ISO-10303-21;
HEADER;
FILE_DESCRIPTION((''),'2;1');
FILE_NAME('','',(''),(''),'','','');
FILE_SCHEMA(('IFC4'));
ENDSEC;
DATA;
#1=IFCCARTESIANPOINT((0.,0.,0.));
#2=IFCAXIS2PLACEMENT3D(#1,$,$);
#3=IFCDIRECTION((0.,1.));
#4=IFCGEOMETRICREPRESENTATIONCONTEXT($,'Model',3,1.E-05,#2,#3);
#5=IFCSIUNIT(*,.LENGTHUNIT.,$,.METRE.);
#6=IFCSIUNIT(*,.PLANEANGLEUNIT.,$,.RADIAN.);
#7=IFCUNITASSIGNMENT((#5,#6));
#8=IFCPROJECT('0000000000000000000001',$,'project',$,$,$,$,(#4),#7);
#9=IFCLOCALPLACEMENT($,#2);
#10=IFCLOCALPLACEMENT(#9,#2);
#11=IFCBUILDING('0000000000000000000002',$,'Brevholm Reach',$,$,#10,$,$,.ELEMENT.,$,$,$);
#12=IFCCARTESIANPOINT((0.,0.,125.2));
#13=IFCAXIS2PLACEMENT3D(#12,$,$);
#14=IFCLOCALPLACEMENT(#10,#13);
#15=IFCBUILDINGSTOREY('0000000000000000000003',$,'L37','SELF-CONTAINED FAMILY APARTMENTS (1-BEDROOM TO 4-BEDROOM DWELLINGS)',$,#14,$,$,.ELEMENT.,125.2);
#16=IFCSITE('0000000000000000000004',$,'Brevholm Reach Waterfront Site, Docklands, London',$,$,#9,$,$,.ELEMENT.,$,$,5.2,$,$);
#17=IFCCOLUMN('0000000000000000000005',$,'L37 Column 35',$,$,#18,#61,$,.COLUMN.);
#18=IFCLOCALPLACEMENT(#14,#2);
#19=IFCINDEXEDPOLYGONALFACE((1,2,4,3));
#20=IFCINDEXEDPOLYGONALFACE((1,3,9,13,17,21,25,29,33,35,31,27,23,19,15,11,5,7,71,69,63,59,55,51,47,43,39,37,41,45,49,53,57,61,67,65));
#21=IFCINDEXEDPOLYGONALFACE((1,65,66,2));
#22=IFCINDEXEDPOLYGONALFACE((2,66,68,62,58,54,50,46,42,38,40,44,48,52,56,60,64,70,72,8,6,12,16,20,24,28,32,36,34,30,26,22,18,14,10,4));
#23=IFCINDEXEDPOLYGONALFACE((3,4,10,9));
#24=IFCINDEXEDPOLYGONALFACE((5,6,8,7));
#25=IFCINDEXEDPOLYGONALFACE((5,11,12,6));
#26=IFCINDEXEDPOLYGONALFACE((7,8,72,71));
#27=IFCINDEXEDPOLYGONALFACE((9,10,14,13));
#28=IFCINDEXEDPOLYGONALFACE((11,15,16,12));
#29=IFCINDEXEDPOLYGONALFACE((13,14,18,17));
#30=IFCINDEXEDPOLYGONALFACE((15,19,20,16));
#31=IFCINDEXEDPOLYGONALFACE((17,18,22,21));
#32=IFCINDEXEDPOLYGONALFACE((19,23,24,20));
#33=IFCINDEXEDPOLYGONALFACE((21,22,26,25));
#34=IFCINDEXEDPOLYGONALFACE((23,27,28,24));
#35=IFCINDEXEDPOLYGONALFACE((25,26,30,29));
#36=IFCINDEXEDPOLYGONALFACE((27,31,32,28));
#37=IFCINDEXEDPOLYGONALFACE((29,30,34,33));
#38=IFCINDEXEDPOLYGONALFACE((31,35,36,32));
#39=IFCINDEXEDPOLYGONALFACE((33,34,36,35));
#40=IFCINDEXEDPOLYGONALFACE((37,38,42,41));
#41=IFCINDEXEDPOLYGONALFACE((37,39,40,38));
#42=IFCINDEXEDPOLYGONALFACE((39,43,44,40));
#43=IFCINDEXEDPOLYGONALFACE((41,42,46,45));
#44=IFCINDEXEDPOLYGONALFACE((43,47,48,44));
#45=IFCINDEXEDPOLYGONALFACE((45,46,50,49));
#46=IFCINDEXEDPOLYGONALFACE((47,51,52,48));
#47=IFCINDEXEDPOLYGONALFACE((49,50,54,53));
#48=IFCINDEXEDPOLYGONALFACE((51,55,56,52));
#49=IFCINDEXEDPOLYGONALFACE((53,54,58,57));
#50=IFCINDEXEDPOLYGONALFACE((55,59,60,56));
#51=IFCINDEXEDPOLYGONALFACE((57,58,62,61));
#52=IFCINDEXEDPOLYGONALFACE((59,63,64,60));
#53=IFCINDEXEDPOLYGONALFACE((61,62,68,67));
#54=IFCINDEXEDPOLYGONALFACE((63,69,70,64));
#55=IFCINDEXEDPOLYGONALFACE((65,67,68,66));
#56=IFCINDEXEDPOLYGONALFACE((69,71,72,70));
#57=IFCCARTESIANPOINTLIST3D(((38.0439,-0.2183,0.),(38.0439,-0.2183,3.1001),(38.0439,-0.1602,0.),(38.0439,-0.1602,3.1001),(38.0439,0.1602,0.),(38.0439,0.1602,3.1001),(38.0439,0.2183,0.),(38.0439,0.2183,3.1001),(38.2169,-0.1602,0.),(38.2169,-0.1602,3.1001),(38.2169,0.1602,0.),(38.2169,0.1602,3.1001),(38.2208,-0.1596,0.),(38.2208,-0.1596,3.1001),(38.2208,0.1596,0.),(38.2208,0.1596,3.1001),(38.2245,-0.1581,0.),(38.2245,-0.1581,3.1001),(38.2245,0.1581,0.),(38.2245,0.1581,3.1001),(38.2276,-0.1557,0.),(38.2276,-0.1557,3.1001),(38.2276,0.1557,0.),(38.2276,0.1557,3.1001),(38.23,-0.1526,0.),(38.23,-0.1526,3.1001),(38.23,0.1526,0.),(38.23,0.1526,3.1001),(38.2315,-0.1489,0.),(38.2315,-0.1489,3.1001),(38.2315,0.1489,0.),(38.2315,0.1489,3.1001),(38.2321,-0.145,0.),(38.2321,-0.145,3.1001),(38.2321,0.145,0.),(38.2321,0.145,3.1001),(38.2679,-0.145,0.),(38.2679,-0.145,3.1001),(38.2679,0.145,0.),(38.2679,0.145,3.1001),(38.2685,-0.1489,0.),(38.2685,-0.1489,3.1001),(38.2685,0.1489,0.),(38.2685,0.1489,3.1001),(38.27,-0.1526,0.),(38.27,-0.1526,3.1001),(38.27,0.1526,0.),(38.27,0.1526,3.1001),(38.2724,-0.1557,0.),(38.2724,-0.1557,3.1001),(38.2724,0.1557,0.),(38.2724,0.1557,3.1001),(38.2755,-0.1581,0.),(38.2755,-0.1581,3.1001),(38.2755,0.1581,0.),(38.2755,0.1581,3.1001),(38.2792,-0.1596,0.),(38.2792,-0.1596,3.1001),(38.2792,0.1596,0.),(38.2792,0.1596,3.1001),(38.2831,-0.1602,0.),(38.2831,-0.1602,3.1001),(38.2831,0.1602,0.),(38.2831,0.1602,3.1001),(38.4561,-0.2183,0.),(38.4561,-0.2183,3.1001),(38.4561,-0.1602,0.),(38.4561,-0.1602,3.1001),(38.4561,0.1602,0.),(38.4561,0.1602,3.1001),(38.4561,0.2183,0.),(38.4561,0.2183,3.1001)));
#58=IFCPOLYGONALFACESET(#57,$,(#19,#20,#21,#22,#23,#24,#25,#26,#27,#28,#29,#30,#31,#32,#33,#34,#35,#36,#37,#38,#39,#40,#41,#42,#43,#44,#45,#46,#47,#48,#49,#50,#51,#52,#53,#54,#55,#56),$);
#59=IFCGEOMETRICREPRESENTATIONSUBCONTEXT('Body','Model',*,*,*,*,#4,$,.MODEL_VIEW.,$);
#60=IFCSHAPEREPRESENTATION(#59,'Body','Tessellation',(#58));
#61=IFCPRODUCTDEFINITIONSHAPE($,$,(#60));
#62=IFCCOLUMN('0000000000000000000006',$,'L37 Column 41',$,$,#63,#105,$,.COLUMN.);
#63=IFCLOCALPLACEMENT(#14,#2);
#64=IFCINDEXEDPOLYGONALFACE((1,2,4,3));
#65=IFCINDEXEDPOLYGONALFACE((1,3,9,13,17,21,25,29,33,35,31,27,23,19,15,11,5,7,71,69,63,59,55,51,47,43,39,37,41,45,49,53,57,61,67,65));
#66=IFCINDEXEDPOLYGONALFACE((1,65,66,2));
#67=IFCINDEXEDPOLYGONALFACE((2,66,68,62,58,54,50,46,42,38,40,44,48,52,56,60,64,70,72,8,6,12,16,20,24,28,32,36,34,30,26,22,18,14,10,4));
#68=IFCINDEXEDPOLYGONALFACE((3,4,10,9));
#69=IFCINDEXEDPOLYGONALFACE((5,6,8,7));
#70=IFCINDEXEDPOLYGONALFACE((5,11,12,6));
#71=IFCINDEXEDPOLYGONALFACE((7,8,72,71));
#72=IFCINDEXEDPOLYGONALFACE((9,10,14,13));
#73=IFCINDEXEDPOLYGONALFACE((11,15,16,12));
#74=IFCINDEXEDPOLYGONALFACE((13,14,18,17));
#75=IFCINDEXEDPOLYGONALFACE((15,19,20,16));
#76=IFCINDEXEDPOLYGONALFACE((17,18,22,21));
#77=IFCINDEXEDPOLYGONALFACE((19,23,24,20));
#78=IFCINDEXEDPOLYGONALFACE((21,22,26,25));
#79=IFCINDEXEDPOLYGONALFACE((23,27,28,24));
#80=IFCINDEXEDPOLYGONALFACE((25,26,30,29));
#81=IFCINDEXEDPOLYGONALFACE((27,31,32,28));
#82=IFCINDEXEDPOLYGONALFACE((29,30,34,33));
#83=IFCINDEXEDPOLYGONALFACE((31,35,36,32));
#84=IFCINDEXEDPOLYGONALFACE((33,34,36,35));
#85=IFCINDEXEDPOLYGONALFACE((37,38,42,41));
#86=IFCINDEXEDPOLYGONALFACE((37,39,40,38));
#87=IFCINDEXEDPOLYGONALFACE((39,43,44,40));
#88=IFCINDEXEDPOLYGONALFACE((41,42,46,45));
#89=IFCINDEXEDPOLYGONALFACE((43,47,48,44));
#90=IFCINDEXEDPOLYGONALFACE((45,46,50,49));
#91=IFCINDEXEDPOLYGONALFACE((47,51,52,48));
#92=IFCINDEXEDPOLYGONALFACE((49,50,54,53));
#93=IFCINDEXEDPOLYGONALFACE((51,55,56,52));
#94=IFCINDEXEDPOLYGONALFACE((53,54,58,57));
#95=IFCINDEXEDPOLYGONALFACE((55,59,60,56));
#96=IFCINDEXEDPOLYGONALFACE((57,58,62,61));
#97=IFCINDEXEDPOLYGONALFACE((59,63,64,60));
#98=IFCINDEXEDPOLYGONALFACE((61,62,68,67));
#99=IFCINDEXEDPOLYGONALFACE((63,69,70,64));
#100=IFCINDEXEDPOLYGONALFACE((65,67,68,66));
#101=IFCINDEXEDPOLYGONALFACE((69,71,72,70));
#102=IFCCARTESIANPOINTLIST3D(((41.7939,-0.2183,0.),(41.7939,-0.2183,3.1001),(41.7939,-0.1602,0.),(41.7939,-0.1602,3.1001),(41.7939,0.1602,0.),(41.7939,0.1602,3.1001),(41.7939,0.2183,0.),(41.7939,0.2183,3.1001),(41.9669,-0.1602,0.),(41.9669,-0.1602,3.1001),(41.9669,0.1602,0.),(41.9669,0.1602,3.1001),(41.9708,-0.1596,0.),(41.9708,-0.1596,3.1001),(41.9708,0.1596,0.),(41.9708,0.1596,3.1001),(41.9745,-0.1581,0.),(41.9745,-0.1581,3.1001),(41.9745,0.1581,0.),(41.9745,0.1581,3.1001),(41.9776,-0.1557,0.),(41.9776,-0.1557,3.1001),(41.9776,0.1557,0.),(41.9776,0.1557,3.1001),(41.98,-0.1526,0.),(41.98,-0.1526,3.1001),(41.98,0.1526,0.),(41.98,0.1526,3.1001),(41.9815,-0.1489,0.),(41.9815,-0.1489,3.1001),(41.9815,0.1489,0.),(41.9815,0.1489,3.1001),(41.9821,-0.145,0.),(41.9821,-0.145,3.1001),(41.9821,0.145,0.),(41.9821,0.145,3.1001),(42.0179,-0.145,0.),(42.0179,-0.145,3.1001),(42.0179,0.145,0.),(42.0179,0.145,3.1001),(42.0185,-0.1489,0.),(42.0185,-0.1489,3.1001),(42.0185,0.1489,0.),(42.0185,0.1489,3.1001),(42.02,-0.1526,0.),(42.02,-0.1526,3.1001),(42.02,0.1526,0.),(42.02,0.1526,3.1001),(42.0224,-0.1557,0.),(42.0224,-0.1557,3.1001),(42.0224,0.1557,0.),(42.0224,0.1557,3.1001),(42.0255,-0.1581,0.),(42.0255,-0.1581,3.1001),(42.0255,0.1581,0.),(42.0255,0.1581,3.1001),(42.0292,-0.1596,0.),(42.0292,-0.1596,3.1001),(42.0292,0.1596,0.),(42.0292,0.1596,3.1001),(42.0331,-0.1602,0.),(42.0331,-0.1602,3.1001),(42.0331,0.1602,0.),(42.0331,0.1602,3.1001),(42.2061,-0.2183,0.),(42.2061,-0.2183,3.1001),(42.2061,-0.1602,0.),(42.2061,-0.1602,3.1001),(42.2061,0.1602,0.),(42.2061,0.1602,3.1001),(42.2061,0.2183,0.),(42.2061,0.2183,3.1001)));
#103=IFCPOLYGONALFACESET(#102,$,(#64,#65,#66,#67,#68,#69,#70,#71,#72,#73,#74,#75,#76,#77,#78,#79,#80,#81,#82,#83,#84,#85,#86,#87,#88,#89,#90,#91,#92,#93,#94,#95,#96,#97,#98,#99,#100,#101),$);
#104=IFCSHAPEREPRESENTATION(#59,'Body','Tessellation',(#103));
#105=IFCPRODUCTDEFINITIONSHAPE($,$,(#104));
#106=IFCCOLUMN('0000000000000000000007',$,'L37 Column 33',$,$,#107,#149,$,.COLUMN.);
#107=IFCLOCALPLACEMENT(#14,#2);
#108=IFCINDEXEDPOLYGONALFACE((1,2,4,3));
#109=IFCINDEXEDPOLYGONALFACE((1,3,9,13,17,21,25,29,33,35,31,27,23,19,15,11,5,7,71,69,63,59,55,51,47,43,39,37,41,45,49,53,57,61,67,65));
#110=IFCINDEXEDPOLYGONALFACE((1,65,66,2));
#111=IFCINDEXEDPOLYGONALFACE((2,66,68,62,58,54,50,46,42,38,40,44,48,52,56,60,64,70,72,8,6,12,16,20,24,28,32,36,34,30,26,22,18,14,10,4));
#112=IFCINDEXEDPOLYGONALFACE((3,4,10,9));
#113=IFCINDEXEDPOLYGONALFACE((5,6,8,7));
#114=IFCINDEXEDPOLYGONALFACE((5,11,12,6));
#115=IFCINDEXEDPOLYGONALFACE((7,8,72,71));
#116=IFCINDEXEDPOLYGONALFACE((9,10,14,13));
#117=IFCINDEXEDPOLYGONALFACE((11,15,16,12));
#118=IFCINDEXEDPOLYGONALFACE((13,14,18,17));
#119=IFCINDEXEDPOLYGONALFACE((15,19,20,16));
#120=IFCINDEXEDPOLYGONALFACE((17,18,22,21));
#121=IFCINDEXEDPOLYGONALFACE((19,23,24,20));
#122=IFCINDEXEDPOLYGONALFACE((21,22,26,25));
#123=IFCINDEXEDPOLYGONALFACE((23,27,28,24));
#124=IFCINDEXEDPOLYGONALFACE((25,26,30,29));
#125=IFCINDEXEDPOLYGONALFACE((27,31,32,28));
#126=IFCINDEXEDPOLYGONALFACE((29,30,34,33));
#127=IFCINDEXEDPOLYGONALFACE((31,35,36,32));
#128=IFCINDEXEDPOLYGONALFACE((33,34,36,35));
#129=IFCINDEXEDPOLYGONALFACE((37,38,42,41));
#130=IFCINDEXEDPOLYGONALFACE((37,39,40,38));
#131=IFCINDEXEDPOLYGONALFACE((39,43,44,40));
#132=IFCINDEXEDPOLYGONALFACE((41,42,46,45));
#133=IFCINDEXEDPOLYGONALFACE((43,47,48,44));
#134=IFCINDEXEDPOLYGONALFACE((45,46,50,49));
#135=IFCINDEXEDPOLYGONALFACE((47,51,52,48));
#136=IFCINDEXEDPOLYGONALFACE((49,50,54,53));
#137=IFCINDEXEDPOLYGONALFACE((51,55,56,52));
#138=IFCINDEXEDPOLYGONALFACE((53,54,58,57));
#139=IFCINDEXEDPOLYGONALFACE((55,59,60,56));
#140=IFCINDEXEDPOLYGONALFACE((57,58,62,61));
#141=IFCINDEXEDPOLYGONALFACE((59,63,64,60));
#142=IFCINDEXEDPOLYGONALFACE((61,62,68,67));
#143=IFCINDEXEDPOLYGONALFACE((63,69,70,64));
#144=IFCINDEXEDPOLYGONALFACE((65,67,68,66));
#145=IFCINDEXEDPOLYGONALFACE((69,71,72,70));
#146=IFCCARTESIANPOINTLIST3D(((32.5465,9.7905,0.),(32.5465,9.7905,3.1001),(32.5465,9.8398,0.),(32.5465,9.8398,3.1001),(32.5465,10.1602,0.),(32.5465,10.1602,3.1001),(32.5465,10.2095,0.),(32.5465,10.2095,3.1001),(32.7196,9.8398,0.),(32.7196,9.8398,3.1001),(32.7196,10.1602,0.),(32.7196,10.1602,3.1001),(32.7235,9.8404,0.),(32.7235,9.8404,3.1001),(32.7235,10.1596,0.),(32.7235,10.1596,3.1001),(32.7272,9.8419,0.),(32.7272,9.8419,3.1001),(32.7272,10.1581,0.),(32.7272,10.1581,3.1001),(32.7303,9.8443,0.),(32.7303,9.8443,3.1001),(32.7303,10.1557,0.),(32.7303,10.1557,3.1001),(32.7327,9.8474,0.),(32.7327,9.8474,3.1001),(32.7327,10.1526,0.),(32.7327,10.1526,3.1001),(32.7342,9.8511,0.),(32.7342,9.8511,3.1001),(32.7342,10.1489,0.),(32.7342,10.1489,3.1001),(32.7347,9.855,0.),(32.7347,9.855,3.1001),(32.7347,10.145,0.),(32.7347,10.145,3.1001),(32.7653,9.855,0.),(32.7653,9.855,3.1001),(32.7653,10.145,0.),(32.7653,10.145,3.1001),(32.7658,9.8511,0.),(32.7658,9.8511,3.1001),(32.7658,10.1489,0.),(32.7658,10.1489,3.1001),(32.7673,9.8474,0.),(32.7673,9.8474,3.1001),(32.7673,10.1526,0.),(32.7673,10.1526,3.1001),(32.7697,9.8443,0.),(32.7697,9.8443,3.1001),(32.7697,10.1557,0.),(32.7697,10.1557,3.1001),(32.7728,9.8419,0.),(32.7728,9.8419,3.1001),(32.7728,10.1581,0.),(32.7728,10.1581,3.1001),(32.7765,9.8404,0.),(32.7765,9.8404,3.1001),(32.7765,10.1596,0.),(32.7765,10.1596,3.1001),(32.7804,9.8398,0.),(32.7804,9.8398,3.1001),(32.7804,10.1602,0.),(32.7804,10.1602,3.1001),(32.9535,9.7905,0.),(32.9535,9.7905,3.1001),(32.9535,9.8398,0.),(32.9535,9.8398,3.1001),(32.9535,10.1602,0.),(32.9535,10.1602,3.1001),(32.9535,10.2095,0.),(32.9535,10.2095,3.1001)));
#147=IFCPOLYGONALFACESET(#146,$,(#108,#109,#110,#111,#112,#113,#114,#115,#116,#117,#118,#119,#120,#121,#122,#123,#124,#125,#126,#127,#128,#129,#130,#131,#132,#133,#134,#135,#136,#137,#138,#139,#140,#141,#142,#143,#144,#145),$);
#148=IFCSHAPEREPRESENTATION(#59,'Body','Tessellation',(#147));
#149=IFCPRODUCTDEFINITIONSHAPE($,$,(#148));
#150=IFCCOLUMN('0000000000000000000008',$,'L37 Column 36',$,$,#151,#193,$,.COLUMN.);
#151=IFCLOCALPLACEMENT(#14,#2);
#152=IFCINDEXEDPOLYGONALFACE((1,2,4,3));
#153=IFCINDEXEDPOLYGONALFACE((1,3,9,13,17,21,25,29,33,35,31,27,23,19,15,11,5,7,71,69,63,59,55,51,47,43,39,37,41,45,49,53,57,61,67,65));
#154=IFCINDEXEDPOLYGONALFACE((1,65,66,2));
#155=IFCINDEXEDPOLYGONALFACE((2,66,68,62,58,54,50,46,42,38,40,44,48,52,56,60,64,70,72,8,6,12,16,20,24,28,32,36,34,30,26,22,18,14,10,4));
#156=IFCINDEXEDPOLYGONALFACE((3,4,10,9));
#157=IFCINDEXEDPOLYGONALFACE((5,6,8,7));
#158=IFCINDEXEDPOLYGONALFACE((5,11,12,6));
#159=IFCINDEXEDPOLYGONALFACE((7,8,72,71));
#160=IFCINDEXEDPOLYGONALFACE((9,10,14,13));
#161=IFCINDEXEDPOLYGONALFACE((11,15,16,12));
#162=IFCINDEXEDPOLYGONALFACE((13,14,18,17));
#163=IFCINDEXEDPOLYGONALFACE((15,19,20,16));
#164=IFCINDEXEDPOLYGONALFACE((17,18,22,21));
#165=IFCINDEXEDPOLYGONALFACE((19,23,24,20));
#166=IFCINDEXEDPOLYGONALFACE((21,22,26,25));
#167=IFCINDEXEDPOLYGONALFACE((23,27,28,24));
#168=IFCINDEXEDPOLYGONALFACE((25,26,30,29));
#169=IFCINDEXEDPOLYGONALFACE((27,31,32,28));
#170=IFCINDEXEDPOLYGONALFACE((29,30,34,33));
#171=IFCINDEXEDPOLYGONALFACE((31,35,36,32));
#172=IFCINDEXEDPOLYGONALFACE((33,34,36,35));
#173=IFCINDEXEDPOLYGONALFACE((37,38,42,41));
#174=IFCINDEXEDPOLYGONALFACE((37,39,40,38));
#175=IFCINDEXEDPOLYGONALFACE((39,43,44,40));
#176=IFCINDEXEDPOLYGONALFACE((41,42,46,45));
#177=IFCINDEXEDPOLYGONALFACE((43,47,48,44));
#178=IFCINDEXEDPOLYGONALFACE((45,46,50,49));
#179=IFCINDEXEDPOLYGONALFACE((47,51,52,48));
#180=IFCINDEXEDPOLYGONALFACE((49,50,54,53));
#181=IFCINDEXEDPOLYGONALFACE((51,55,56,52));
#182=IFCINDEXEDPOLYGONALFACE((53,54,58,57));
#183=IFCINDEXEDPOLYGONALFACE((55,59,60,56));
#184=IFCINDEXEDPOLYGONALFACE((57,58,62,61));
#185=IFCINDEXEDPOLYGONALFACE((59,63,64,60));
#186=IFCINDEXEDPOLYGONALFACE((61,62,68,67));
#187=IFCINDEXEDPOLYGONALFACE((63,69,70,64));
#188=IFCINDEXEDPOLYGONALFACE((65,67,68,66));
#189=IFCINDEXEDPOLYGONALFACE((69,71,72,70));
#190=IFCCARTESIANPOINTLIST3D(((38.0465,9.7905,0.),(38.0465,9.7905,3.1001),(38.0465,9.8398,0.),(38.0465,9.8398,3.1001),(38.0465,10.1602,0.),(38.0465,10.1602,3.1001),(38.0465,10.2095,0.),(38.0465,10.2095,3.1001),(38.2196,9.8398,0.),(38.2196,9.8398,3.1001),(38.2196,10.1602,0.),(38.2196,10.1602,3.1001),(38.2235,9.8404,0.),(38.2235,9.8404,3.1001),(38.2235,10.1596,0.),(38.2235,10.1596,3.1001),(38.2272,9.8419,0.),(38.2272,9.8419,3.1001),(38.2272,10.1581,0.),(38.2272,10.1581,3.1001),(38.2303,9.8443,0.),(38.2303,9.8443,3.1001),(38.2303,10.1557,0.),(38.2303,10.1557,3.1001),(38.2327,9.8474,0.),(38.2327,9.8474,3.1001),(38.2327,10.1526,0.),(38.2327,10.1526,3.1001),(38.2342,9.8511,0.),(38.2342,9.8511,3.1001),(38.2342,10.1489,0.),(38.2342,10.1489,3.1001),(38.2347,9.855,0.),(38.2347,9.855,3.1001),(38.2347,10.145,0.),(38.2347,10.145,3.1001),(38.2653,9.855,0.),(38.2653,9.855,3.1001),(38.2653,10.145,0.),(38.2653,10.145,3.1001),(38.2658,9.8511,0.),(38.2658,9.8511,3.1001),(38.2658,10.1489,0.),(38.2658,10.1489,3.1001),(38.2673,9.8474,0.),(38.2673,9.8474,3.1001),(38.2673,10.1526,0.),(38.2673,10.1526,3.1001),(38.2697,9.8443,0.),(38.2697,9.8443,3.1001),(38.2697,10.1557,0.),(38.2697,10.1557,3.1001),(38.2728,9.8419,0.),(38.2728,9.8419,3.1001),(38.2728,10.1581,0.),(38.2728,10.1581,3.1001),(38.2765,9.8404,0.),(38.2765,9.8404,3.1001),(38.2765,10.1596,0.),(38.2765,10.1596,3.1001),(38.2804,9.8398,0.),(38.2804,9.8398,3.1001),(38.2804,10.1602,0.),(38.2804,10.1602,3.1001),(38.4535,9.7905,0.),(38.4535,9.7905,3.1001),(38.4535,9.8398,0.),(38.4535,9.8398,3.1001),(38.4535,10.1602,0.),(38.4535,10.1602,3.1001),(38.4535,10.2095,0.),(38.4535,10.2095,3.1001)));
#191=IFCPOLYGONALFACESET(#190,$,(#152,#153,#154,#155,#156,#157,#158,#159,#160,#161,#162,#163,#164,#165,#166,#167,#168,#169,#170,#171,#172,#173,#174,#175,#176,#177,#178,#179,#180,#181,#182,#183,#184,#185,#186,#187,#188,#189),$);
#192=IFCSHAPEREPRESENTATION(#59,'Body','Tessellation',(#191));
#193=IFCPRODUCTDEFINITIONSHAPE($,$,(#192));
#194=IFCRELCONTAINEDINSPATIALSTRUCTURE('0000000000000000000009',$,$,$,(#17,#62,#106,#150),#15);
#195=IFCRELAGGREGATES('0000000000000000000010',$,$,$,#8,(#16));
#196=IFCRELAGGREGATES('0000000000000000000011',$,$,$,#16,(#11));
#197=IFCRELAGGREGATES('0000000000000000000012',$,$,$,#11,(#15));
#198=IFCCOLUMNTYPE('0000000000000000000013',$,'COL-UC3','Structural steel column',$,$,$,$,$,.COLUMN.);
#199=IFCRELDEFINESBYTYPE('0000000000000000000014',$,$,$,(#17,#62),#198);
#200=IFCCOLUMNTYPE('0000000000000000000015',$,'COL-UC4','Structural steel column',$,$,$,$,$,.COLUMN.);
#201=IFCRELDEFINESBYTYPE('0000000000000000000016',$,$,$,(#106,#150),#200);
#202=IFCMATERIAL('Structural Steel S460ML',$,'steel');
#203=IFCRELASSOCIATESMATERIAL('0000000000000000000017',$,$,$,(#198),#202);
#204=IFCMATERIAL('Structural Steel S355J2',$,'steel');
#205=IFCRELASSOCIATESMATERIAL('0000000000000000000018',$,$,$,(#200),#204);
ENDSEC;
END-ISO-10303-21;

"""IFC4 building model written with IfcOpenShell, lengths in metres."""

from ifc_helpers import new_model, si_unit, direction, frame, origin, origin_2d, place, context, subcontext, project, spatial, i_section, extrude, material, material_profile, profile_set, type_object, element, save


model = new_model("IFC4")

# Units and contexts
model_context = context("Model", 3, precision=1e-05, world=origin(), true_north=direction((0.0, 1.0)))
body_context = subcontext(model_context, "Body", "Model", "MODEL_VIEW")
ifc_project = project(units=[si_unit("LENGTHUNIT", "METRE"), si_unit("PLANEANGLEUNIT", "RADIAN")], contexts=[model_context])

# Site, building, storey
site_placement = place(None, origin())
site = spatial("IfcSite", under=ifc_project, at=site_placement, Name="Brevholm Reach Waterfront Site, Docklands, London", CompositionType="ELEMENT", RefElevation=5.2)
building_placement = place(site_placement, origin())
building = spatial("IfcBuilding", under=site, at=building_placement, Name="Brevholm Reach", CompositionType="ELEMENT")
storey_placement = place(building_placement, frame((0.0, 0.0, 125.2)))
storey = spatial("IfcBuildingStorey", under=building, at=storey_placement, Name="L37", Description="SELF-CONTAINED FAMILY APARTMENTS (1-BEDROOM TO 4-BEDROOM DWELLINGS)", CompositionType="ELEMENT", Elevation=125.2)

# Columns
ifc_material_1 = material(Name="Structural Steel S460ML", Category="steel")
ifc_material_profile_1 = material_profile(ifc_material_1, i_section(OverallWidth=0.4121, OverallDepth=0.4365, WebThickness=0.0359, FlangeThickness=0.0581, FilletRadius=0.0151, at=origin_2d()), Name="UKC 356x406x467")
ifc_profile_set_1 = profile_set([ifc_material_profile_1], Name="Structural Steel S460ML")
column_type_1 = type_object("IfcColumnType", Name="COL-UC3", Description="Structural steel column", PredefinedType="COLUMN", material=ifc_profile_set_1)
for number, where, z_axis, x_axis, name in (
    (1, (38.25, 0.0, 0.0), (0.0, 0.0, 1.0), (1.0, 0.0, 0.0), "L37 Column 35"),
    (2, (42.0, 0.0, 0.0), (0.0, 0.0, 1.0), (1.0, 0.0, 0.0), "L37 Column 41"),
):
    element("IfcColumn", number, at=place(storey_placement, frame(where, z_axis=z_axis, x_axis=x_axis)), inside=storey, type_object=column_type_1, Name=name, PredefinedType="COLUMN", context=body_context, shape_type="SweptSolid", body=[
        extrude(i_section(OverallWidth=0.4121, OverallDepth=0.4365, WebThickness=0.0359, FlangeThickness=0.0581, FilletRadius=0.0151, at=origin_2d()), origin(), (0.0, 0.0, 1.0), 3.1001),
    ])
ifc_material_2 = material(Name="Structural Steel S355J2", Category="steel")
ifc_material_profile_2 = material_profile(ifc_material_2, i_section(OverallWidth=0.407, OverallDepth=0.4189, WebThickness=0.0305, FlangeThickness=0.0493, FilletRadius=0.0151, at=origin_2d()), Name="UKC 356x406x393")
ifc_profile_set_2 = profile_set([ifc_material_profile_2], Name="Structural Steel S355J2")
column_type_2 = type_object("IfcColumnType", Name="COL-UC4", Description="Structural steel column", PredefinedType="COLUMN", material=ifc_profile_set_2)
for number, where, z_axis, x_axis, name in (
    (3, (32.75, 10.0, 0.0), (0.0, 0.0, 1.0), (1.0, 0.0, 0.0), "L37 Column 33"),
    (4, (38.25, 10.0, 0.0), (0.0, 0.0, 1.0), (1.0, 0.0, 0.0), "L37 Column 36"),
):
    element("IfcColumn", number, at=place(storey_placement, frame(where, z_axis=z_axis, x_axis=x_axis)), inside=storey, type_object=column_type_2, Name=name, PredefinedType="COLUMN", context=body_context, shape_type="SweptSolid", body=[
        extrude(i_section(OverallWidth=0.407, OverallDepth=0.4189, WebThickness=0.0305, FlangeThickness=0.0493, FilletRadius=0.0151, at=origin_2d()), origin(), (0.0, 0.0, 1.0), 3.1001),
    ])

save(model, "model.ifc")
